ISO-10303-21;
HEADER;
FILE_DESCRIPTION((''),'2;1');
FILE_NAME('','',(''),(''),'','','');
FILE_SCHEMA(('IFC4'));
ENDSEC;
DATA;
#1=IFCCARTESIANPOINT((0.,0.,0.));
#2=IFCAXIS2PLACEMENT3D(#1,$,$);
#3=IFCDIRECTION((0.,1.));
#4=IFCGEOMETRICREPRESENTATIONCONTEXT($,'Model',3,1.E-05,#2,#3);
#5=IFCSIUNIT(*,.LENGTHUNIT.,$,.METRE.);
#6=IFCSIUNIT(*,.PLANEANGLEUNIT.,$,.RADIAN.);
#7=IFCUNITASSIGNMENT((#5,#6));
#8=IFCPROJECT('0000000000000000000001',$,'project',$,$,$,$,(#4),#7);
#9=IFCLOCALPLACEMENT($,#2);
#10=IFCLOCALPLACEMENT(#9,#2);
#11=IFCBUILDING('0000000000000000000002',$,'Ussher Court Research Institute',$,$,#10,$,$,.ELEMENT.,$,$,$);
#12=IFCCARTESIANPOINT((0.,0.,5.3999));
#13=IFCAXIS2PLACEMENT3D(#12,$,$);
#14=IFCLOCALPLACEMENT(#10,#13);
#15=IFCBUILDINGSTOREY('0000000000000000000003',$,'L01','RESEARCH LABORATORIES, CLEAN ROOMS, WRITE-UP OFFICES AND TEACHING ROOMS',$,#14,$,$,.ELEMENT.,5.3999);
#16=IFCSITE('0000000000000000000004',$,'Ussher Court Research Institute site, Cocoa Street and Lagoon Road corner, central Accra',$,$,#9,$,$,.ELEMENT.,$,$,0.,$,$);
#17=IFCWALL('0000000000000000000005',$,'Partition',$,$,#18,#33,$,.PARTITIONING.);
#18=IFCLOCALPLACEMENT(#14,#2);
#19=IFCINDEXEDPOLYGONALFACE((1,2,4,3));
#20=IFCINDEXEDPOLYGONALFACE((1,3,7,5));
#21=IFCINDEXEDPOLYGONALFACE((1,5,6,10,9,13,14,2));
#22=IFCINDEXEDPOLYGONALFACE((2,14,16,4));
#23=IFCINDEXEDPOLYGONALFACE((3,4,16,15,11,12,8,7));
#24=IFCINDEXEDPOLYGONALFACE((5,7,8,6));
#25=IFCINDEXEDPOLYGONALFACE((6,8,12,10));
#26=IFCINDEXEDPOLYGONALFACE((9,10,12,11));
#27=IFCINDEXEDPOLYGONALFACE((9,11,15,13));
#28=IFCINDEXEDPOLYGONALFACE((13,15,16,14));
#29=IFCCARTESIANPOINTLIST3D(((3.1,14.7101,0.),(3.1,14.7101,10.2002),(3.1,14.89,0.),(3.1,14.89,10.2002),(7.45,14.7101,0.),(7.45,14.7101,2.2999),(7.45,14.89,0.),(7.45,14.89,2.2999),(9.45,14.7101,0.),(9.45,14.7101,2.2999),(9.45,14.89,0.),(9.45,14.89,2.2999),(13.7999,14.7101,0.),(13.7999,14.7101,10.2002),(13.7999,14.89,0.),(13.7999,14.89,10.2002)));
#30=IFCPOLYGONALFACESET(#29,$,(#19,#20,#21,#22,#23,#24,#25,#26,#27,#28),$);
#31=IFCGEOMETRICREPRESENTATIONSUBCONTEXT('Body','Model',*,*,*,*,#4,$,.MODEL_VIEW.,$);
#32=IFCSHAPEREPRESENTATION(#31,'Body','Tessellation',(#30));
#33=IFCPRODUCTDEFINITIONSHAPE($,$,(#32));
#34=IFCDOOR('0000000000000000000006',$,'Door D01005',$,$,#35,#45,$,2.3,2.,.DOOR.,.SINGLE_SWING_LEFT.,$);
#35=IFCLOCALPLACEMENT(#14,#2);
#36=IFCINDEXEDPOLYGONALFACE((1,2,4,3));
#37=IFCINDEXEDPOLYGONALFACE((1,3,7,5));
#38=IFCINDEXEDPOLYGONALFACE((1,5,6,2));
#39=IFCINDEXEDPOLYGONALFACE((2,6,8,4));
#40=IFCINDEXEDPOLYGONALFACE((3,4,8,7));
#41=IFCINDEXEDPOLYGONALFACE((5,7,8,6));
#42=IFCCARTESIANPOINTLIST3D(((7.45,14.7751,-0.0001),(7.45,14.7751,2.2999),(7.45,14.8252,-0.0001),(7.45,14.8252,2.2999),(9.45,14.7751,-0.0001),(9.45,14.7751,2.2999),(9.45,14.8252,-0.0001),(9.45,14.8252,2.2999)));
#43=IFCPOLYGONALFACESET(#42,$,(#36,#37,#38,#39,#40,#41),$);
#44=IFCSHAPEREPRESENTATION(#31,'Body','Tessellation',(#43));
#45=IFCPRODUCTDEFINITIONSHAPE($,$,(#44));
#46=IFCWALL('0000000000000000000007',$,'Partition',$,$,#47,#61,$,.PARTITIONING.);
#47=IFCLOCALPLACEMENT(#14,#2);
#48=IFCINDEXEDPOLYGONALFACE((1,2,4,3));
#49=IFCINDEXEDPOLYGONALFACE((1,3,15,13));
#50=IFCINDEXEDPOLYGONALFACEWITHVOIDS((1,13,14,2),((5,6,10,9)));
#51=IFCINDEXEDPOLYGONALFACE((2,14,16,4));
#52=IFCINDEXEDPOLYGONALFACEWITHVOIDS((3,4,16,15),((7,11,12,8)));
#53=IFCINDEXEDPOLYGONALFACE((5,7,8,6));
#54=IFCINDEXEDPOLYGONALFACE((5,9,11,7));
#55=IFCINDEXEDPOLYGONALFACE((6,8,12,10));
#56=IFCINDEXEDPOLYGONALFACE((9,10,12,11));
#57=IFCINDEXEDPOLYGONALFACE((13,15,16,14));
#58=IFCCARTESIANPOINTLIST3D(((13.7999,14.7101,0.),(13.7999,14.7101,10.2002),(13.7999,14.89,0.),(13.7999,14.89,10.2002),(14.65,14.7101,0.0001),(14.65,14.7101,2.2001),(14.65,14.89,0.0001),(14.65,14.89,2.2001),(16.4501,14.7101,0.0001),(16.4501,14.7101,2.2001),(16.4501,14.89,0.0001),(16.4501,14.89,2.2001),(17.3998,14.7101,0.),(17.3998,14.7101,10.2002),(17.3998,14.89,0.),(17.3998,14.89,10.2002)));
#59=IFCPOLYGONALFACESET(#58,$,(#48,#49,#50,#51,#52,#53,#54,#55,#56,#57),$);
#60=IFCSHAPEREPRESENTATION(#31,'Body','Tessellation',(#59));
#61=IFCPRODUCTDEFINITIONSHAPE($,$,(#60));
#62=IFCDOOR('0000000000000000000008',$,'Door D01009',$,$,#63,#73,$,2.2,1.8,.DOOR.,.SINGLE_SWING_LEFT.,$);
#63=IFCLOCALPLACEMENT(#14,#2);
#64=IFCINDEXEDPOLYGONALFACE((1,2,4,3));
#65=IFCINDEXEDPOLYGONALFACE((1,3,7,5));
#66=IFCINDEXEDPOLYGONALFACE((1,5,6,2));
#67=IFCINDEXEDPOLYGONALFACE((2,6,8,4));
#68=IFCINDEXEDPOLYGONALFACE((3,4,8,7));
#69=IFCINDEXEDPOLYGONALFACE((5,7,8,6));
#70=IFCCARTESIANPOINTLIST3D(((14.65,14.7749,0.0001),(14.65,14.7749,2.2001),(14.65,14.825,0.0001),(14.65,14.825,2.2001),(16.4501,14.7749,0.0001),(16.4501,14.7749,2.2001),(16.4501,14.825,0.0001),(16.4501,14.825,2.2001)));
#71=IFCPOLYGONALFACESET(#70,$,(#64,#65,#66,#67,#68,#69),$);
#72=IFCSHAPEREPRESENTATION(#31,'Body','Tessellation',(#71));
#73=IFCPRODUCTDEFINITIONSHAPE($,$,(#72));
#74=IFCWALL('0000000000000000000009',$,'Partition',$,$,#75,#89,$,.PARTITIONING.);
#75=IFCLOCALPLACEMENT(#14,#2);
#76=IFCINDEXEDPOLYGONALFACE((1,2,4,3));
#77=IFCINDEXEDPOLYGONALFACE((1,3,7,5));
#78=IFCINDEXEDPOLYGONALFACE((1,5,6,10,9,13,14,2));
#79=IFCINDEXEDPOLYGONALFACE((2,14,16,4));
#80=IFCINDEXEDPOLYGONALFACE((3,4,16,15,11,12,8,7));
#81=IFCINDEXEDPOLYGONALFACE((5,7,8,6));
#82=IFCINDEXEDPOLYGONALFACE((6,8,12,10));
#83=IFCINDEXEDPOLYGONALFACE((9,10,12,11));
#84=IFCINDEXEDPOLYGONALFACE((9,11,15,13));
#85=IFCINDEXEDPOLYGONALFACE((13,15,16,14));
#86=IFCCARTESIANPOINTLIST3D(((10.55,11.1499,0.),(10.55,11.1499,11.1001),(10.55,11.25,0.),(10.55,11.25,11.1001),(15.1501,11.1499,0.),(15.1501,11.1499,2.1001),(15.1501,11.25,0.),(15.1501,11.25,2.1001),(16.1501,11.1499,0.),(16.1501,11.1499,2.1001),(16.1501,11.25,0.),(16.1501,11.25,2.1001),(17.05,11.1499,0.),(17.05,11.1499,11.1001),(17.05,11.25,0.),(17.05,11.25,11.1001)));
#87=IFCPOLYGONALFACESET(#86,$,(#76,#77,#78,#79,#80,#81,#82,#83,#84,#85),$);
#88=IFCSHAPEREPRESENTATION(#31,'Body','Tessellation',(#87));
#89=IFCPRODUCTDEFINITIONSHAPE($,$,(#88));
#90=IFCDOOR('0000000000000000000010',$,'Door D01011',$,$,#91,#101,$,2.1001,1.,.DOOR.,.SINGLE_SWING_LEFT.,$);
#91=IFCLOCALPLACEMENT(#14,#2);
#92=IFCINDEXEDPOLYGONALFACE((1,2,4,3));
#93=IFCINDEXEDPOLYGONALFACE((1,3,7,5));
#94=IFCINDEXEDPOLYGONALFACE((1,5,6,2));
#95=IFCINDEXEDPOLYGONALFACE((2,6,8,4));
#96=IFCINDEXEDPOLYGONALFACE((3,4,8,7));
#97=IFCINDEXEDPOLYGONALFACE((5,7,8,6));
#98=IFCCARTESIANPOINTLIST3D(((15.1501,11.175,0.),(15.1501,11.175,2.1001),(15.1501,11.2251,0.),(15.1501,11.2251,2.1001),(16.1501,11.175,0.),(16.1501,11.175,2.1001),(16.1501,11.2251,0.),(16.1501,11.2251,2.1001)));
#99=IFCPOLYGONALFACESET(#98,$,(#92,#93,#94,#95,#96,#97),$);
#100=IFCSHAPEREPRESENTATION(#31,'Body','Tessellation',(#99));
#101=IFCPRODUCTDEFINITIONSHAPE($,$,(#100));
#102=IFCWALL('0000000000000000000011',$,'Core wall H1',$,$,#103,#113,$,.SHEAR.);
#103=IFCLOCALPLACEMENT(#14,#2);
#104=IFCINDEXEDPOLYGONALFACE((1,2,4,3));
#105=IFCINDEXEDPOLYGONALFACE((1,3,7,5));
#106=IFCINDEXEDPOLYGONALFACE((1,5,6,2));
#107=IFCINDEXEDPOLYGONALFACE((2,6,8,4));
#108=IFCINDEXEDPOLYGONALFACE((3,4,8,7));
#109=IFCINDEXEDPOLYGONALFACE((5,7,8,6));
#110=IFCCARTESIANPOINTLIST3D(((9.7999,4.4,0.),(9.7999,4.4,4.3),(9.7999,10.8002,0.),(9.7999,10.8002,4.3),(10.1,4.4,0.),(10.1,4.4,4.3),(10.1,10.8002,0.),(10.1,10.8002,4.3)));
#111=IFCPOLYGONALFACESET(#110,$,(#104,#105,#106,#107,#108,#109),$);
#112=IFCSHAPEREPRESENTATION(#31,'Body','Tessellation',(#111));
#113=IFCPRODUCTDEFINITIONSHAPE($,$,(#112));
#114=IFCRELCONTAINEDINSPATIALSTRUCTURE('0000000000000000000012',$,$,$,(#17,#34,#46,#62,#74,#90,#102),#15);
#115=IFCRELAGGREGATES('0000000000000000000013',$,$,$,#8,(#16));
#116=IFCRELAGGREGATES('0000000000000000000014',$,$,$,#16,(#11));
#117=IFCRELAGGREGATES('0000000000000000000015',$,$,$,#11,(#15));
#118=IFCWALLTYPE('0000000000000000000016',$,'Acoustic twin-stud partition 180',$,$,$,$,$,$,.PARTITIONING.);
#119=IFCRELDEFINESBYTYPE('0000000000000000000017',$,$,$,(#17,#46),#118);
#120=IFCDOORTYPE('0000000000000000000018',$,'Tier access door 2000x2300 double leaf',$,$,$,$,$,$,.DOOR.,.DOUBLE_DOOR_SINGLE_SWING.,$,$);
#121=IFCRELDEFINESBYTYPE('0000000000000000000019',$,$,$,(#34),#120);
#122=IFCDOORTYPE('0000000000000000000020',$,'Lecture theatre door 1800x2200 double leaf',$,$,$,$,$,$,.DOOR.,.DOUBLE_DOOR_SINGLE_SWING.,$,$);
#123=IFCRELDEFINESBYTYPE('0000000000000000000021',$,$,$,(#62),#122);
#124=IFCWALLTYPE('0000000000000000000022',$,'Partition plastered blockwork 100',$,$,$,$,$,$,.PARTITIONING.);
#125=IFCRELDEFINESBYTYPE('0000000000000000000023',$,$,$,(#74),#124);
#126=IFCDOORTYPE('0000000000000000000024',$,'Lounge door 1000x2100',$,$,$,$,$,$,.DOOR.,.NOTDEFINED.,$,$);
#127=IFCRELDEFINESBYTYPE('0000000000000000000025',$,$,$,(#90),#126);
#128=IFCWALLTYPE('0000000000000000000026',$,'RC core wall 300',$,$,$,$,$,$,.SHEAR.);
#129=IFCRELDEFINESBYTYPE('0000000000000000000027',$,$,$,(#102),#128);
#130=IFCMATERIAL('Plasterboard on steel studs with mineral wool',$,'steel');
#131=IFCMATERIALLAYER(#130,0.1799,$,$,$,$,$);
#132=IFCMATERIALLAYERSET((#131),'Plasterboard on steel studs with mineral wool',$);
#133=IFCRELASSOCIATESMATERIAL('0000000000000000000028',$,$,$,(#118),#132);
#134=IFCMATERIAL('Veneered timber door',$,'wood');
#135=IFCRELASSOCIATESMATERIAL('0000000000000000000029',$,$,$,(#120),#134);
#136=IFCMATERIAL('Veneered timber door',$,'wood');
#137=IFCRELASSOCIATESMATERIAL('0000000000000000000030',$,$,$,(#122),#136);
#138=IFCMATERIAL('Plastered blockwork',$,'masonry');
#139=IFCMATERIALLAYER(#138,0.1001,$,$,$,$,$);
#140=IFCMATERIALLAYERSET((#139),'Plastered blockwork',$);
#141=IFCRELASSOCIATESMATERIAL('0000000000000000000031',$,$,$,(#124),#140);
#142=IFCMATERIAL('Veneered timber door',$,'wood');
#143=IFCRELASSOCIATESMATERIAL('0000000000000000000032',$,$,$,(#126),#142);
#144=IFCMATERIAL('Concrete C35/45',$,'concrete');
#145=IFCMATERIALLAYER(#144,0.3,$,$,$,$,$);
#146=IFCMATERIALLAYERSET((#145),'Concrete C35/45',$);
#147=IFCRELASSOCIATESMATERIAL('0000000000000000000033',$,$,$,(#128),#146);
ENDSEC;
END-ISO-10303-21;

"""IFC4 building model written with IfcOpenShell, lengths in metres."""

from ifc_helpers import new_model, si_unit, direction, frame, frame_2d, origin, place, context, subcontext, project, spatial, rectangle, extrude, material, layer, layer_set, type_object, element, fill, save


model = new_model("IFC4")

# Units and contexts
model_context = context("Model", 3, precision=1e-05, world=origin(), true_north=direction((0.0, 1.0)))
body_context = subcontext(model_context, "Body", "Model", "MODEL_VIEW")
ifc_project = project(units=[si_unit("LENGTHUNIT", "METRE"), si_unit("PLANEANGLEUNIT", "RADIAN")], contexts=[model_context])

# Site, building, storey
site_placement = place(None, origin())
site = spatial("IfcSite", under=ifc_project, at=site_placement, Name="Ussher Court Research Institute site, Cocoa Street and Lagoon Road corner, central Accra", CompositionType="ELEMENT", RefElevation=0.0)
building_placement = place(site_placement, origin())
building = spatial("IfcBuilding", under=site, at=building_placement, Name="Ussher Court Research Institute", CompositionType="ELEMENT")
storey_placement = place(building_placement, frame((0.0, 0.0, 5.3999)))
storey = spatial("IfcBuildingStorey", under=building, at=storey_placement, Name="L01", Description="RESEARCH LABORATORIES, CLEAN ROOMS, WRITE-UP OFFICES AND TEACHING ROOMS", CompositionType="ELEMENT", Elevation=5.3999)

# Walls, openings, doors
ifc_material_1 = material(Name="Plasterboard on steel studs with mineral wool", Category="steel")
ifc_layer_1 = layer(ifc_material_1, 0.1799)
ifc_layer_set_1 = layer_set([ifc_layer_1], Name="Plasterboard on steel studs with mineral wool")
wall_type_1 = type_object("IfcWallType", Name="Acoustic twin-stud partition 180", PredefinedType="PARTITIONING", material=ifc_layer_set_1)
wall_1_placement = place(storey_placement, frame((13.8, 14.8, 0.0), z_axis=(0.0, 0.0, 1.0), x_axis=(-1.0, 0.0, 0.0)))
wall_1 = element("IfcWall", 1, at=wall_1_placement, inside=storey, type_object=wall_type_1, Name="Partition", PredefinedType="PARTITIONING", context=body_context, shape_type="SweptSolid", body=[
    extrude(rectangle(XDim=10.7, YDim=0.1799, at=frame_2d((5.3501, 0.0))), origin(), (0.0, 0.0, 1.0), 10.2002),
])
opening_1_placement = place(wall_1_placement, frame((4.3501, 0.0, 0.0)))
opening_1 = element("IfcOpeningElement", 2, at=opening_1_placement, cuts=wall_1, PredefinedType="OPENING", context=body_context, shape_type="SweptSolid", body=[
    extrude(rectangle(XDim=2.0, YDim=2.3, at=frame_2d((1.0, 1.1499))), frame((0.0, 0.1001, 0.0), z_axis=(0.0, -1.0, 0.0), x_axis=(1.0, 0.0, 0.0)), (0.0, 0.0, 1.0), 0.2),
])
ifc_material_2 = material(Name="Veneered timber door", Category="wood")
door_type_1 = type_object("IfcDoorType", Name="Tier access door 2000x2300 double leaf", OperationType="DOUBLE_DOOR_SINGLE_SWING", PredefinedType="DOOR", material=ifc_material_2)
door_1_placement = place(opening_1_placement, origin())
door_1 = element("IfcDoor", 3, at=door_1_placement, inside=storey, type_object=door_type_1, Name="Door D01005", OperationType="SINGLE_SWING_LEFT", OverallHeight=2.3, OverallWidth=2.0, PredefinedType="DOOR", context=body_context, shape_type="SweptSolid", body=[
    extrude(rectangle(XDim=2.0, YDim=2.3, at=frame_2d((1.0, 1.1499))), frame((0.0, 0.0249, 0.0), z_axis=(0.0, -1.0, 0.0), x_axis=(1.0, 0.0, 0.0)), (0.0, 0.0, 1.0), 0.05),
])
fill(opening_1, door_1)
wall_2_placement = place(storey_placement, frame((13.8, 14.8, 0.0), z_axis=(0.0, 0.0, 1.0), x_axis=(1.0, 0.0, 0.0)))
wall_2 = element("IfcWall", 4, at=wall_2_placement, inside=storey, type_object=wall_type_1, Name="Partition", PredefinedType="PARTITIONING", context=body_context, shape_type="SweptSolid", body=[
    extrude(rectangle(XDim=3.5999, YDim=0.1799, at=frame_2d((1.7998, 0.0))), origin(), (0.0, 0.0, 1.0), 10.2002),
])
opening_2_placement = place(wall_2_placement, frame((0.8501, 0.0, 0.0)))
opening_2 = element("IfcOpeningElement", 5, at=opening_2_placement, cuts=wall_2, PredefinedType="OPENING", context=body_context, shape_type="SweptSolid", body=[
    extrude(rectangle(XDim=1.8, YDim=2.2, at=frame_2d((0.8999, 1.1001))), frame((0.0, 0.1001, 0.0), z_axis=(0.0, -1.0, 0.0), x_axis=(1.0, 0.0, 0.0)), (0.0, 0.0, 1.0), 0.2),
])
ifc_material_3 = material(Name="Veneered timber door", Category="wood")
door_type_2 = type_object("IfcDoorType", Name="Lecture theatre door 1800x2200 double leaf", OperationType="DOUBLE_DOOR_SINGLE_SWING", PredefinedType="DOOR", material=ifc_material_3)
door_2_placement = place(opening_2_placement, origin())
door_2 = element("IfcDoor", 6, at=door_2_placement, inside=storey, type_object=door_type_2, Name="Door D01009", OperationType="SINGLE_SWING_LEFT", OverallHeight=2.2, OverallWidth=1.8, PredefinedType="DOOR", context=body_context, shape_type="SweptSolid", body=[
    extrude(rectangle(XDim=1.8, YDim=2.2, at=frame_2d((0.8999, 1.1001))), frame((0.0, 0.0249, 0.0), z_axis=(0.0, -1.0, 0.0), x_axis=(1.0, 0.0, 0.0)), (0.0, 0.0, 1.0), 0.05),
])
fill(opening_2, door_2)
ifc_material_4 = material(Name="Plastered blockwork", Category="masonry")
ifc_layer_2 = layer(ifc_material_4, 0.1001)
ifc_layer_set_2 = layer_set([ifc_layer_2], Name="Plastered blockwork")
wall_type_2 = type_object("IfcWallType", Name="Partition plastered blockwork 100", PredefinedType="PARTITIONING", material=ifc_layer_set_2)
wall_3_placement = place(storey_placement, frame((17.05, 11.2, 0.0), z_axis=(0.0, 0.0, 1.0), x_axis=(-1.0, 0.0, 0.0)))
wall_3 = element("IfcWall", 7, at=wall_3_placement, inside=storey, type_object=wall_type_2, Name="Partition", PredefinedType="PARTITIONING", context=body_context, shape_type="SweptSolid", body=[
    extrude(rectangle(XDim=6.5, YDim=0.1001, at=frame_2d((3.25, 0.0))), origin(), (0.0, 0.0, 1.0), 11.1001),
])
opening_3_placement = place(wall_3_placement, frame((0.8999, 0.0, 0.0)))
opening_3 = element("IfcOpeningElement", 8, at=opening_3_placement, cuts=wall_3, PredefinedType="OPENING", context=body_context, shape_type="SweptSolid", body=[
    extrude(rectangle(XDim=1.0, YDim=2.1001, at=frame_2d((0.5, 1.05))), frame((0.0, 0.0601, 0.0), z_axis=(0.0, -1.0, 0.0), x_axis=(1.0, 0.0, 0.0)), (0.0, 0.0, 1.0), 0.1201),
])
ifc_material_5 = material(Name="Veneered timber door", Category="wood")
door_type_3 = type_object("IfcDoorType", Name="Lounge door 1000x2100", OperationType="NOTDEFINED", PredefinedType="DOOR", material=ifc_material_5)
door_3_placement = place(opening_3_placement, origin())
door_3 = element("IfcDoor", 9, at=door_3_placement, inside=storey, type_object=door_type_3, Name="Door D01011", OperationType="SINGLE_SWING_LEFT", OverallHeight=2.1001, OverallWidth=1.0, PredefinedType="DOOR", context=body_context, shape_type="SweptSolid", body=[
    extrude(rectangle(XDim=1.0, YDim=2.1001, at=frame_2d((0.5, 1.05))), frame((0.0, 0.0249, 0.0), z_axis=(0.0, -1.0, 0.0), x_axis=(1.0, 0.0, 0.0)), (0.0, 0.0, 1.0), 0.05),
])
fill(opening_3, door_3)

# Wall
ifc_material_6 = material(Name="Concrete C35/45", Category="concrete")
ifc_layer_3 = layer(ifc_material_6, 0.3)
ifc_layer_set_3 = layer_set([ifc_layer_3], Name="Concrete C35/45")
wall_type_3 = type_object("IfcWallType", Name="RC core wall 300", PredefinedType="SHEAR", material=ifc_layer_set_3)
wall_4_placement = place(storey_placement, frame((9.95, 4.3999, 0.0), z_axis=(0.0, 0.0, 1.0), x_axis=(0.0, 1.0, 0.0)))
element("IfcWall", 10, at=wall_4_placement, inside=storey, type_object=wall_type_3, Name="Core wall H1", PredefinedType="SHEAR", context=body_context, shape_type="SweptSolid", body=[
    extrude(rectangle(XDim=6.4001, YDim=0.3, at=frame_2d((3.2002, 0.0))), origin(), (0.0, 0.0, 1.0), 4.3),
])

save(model, "model.ifc")
